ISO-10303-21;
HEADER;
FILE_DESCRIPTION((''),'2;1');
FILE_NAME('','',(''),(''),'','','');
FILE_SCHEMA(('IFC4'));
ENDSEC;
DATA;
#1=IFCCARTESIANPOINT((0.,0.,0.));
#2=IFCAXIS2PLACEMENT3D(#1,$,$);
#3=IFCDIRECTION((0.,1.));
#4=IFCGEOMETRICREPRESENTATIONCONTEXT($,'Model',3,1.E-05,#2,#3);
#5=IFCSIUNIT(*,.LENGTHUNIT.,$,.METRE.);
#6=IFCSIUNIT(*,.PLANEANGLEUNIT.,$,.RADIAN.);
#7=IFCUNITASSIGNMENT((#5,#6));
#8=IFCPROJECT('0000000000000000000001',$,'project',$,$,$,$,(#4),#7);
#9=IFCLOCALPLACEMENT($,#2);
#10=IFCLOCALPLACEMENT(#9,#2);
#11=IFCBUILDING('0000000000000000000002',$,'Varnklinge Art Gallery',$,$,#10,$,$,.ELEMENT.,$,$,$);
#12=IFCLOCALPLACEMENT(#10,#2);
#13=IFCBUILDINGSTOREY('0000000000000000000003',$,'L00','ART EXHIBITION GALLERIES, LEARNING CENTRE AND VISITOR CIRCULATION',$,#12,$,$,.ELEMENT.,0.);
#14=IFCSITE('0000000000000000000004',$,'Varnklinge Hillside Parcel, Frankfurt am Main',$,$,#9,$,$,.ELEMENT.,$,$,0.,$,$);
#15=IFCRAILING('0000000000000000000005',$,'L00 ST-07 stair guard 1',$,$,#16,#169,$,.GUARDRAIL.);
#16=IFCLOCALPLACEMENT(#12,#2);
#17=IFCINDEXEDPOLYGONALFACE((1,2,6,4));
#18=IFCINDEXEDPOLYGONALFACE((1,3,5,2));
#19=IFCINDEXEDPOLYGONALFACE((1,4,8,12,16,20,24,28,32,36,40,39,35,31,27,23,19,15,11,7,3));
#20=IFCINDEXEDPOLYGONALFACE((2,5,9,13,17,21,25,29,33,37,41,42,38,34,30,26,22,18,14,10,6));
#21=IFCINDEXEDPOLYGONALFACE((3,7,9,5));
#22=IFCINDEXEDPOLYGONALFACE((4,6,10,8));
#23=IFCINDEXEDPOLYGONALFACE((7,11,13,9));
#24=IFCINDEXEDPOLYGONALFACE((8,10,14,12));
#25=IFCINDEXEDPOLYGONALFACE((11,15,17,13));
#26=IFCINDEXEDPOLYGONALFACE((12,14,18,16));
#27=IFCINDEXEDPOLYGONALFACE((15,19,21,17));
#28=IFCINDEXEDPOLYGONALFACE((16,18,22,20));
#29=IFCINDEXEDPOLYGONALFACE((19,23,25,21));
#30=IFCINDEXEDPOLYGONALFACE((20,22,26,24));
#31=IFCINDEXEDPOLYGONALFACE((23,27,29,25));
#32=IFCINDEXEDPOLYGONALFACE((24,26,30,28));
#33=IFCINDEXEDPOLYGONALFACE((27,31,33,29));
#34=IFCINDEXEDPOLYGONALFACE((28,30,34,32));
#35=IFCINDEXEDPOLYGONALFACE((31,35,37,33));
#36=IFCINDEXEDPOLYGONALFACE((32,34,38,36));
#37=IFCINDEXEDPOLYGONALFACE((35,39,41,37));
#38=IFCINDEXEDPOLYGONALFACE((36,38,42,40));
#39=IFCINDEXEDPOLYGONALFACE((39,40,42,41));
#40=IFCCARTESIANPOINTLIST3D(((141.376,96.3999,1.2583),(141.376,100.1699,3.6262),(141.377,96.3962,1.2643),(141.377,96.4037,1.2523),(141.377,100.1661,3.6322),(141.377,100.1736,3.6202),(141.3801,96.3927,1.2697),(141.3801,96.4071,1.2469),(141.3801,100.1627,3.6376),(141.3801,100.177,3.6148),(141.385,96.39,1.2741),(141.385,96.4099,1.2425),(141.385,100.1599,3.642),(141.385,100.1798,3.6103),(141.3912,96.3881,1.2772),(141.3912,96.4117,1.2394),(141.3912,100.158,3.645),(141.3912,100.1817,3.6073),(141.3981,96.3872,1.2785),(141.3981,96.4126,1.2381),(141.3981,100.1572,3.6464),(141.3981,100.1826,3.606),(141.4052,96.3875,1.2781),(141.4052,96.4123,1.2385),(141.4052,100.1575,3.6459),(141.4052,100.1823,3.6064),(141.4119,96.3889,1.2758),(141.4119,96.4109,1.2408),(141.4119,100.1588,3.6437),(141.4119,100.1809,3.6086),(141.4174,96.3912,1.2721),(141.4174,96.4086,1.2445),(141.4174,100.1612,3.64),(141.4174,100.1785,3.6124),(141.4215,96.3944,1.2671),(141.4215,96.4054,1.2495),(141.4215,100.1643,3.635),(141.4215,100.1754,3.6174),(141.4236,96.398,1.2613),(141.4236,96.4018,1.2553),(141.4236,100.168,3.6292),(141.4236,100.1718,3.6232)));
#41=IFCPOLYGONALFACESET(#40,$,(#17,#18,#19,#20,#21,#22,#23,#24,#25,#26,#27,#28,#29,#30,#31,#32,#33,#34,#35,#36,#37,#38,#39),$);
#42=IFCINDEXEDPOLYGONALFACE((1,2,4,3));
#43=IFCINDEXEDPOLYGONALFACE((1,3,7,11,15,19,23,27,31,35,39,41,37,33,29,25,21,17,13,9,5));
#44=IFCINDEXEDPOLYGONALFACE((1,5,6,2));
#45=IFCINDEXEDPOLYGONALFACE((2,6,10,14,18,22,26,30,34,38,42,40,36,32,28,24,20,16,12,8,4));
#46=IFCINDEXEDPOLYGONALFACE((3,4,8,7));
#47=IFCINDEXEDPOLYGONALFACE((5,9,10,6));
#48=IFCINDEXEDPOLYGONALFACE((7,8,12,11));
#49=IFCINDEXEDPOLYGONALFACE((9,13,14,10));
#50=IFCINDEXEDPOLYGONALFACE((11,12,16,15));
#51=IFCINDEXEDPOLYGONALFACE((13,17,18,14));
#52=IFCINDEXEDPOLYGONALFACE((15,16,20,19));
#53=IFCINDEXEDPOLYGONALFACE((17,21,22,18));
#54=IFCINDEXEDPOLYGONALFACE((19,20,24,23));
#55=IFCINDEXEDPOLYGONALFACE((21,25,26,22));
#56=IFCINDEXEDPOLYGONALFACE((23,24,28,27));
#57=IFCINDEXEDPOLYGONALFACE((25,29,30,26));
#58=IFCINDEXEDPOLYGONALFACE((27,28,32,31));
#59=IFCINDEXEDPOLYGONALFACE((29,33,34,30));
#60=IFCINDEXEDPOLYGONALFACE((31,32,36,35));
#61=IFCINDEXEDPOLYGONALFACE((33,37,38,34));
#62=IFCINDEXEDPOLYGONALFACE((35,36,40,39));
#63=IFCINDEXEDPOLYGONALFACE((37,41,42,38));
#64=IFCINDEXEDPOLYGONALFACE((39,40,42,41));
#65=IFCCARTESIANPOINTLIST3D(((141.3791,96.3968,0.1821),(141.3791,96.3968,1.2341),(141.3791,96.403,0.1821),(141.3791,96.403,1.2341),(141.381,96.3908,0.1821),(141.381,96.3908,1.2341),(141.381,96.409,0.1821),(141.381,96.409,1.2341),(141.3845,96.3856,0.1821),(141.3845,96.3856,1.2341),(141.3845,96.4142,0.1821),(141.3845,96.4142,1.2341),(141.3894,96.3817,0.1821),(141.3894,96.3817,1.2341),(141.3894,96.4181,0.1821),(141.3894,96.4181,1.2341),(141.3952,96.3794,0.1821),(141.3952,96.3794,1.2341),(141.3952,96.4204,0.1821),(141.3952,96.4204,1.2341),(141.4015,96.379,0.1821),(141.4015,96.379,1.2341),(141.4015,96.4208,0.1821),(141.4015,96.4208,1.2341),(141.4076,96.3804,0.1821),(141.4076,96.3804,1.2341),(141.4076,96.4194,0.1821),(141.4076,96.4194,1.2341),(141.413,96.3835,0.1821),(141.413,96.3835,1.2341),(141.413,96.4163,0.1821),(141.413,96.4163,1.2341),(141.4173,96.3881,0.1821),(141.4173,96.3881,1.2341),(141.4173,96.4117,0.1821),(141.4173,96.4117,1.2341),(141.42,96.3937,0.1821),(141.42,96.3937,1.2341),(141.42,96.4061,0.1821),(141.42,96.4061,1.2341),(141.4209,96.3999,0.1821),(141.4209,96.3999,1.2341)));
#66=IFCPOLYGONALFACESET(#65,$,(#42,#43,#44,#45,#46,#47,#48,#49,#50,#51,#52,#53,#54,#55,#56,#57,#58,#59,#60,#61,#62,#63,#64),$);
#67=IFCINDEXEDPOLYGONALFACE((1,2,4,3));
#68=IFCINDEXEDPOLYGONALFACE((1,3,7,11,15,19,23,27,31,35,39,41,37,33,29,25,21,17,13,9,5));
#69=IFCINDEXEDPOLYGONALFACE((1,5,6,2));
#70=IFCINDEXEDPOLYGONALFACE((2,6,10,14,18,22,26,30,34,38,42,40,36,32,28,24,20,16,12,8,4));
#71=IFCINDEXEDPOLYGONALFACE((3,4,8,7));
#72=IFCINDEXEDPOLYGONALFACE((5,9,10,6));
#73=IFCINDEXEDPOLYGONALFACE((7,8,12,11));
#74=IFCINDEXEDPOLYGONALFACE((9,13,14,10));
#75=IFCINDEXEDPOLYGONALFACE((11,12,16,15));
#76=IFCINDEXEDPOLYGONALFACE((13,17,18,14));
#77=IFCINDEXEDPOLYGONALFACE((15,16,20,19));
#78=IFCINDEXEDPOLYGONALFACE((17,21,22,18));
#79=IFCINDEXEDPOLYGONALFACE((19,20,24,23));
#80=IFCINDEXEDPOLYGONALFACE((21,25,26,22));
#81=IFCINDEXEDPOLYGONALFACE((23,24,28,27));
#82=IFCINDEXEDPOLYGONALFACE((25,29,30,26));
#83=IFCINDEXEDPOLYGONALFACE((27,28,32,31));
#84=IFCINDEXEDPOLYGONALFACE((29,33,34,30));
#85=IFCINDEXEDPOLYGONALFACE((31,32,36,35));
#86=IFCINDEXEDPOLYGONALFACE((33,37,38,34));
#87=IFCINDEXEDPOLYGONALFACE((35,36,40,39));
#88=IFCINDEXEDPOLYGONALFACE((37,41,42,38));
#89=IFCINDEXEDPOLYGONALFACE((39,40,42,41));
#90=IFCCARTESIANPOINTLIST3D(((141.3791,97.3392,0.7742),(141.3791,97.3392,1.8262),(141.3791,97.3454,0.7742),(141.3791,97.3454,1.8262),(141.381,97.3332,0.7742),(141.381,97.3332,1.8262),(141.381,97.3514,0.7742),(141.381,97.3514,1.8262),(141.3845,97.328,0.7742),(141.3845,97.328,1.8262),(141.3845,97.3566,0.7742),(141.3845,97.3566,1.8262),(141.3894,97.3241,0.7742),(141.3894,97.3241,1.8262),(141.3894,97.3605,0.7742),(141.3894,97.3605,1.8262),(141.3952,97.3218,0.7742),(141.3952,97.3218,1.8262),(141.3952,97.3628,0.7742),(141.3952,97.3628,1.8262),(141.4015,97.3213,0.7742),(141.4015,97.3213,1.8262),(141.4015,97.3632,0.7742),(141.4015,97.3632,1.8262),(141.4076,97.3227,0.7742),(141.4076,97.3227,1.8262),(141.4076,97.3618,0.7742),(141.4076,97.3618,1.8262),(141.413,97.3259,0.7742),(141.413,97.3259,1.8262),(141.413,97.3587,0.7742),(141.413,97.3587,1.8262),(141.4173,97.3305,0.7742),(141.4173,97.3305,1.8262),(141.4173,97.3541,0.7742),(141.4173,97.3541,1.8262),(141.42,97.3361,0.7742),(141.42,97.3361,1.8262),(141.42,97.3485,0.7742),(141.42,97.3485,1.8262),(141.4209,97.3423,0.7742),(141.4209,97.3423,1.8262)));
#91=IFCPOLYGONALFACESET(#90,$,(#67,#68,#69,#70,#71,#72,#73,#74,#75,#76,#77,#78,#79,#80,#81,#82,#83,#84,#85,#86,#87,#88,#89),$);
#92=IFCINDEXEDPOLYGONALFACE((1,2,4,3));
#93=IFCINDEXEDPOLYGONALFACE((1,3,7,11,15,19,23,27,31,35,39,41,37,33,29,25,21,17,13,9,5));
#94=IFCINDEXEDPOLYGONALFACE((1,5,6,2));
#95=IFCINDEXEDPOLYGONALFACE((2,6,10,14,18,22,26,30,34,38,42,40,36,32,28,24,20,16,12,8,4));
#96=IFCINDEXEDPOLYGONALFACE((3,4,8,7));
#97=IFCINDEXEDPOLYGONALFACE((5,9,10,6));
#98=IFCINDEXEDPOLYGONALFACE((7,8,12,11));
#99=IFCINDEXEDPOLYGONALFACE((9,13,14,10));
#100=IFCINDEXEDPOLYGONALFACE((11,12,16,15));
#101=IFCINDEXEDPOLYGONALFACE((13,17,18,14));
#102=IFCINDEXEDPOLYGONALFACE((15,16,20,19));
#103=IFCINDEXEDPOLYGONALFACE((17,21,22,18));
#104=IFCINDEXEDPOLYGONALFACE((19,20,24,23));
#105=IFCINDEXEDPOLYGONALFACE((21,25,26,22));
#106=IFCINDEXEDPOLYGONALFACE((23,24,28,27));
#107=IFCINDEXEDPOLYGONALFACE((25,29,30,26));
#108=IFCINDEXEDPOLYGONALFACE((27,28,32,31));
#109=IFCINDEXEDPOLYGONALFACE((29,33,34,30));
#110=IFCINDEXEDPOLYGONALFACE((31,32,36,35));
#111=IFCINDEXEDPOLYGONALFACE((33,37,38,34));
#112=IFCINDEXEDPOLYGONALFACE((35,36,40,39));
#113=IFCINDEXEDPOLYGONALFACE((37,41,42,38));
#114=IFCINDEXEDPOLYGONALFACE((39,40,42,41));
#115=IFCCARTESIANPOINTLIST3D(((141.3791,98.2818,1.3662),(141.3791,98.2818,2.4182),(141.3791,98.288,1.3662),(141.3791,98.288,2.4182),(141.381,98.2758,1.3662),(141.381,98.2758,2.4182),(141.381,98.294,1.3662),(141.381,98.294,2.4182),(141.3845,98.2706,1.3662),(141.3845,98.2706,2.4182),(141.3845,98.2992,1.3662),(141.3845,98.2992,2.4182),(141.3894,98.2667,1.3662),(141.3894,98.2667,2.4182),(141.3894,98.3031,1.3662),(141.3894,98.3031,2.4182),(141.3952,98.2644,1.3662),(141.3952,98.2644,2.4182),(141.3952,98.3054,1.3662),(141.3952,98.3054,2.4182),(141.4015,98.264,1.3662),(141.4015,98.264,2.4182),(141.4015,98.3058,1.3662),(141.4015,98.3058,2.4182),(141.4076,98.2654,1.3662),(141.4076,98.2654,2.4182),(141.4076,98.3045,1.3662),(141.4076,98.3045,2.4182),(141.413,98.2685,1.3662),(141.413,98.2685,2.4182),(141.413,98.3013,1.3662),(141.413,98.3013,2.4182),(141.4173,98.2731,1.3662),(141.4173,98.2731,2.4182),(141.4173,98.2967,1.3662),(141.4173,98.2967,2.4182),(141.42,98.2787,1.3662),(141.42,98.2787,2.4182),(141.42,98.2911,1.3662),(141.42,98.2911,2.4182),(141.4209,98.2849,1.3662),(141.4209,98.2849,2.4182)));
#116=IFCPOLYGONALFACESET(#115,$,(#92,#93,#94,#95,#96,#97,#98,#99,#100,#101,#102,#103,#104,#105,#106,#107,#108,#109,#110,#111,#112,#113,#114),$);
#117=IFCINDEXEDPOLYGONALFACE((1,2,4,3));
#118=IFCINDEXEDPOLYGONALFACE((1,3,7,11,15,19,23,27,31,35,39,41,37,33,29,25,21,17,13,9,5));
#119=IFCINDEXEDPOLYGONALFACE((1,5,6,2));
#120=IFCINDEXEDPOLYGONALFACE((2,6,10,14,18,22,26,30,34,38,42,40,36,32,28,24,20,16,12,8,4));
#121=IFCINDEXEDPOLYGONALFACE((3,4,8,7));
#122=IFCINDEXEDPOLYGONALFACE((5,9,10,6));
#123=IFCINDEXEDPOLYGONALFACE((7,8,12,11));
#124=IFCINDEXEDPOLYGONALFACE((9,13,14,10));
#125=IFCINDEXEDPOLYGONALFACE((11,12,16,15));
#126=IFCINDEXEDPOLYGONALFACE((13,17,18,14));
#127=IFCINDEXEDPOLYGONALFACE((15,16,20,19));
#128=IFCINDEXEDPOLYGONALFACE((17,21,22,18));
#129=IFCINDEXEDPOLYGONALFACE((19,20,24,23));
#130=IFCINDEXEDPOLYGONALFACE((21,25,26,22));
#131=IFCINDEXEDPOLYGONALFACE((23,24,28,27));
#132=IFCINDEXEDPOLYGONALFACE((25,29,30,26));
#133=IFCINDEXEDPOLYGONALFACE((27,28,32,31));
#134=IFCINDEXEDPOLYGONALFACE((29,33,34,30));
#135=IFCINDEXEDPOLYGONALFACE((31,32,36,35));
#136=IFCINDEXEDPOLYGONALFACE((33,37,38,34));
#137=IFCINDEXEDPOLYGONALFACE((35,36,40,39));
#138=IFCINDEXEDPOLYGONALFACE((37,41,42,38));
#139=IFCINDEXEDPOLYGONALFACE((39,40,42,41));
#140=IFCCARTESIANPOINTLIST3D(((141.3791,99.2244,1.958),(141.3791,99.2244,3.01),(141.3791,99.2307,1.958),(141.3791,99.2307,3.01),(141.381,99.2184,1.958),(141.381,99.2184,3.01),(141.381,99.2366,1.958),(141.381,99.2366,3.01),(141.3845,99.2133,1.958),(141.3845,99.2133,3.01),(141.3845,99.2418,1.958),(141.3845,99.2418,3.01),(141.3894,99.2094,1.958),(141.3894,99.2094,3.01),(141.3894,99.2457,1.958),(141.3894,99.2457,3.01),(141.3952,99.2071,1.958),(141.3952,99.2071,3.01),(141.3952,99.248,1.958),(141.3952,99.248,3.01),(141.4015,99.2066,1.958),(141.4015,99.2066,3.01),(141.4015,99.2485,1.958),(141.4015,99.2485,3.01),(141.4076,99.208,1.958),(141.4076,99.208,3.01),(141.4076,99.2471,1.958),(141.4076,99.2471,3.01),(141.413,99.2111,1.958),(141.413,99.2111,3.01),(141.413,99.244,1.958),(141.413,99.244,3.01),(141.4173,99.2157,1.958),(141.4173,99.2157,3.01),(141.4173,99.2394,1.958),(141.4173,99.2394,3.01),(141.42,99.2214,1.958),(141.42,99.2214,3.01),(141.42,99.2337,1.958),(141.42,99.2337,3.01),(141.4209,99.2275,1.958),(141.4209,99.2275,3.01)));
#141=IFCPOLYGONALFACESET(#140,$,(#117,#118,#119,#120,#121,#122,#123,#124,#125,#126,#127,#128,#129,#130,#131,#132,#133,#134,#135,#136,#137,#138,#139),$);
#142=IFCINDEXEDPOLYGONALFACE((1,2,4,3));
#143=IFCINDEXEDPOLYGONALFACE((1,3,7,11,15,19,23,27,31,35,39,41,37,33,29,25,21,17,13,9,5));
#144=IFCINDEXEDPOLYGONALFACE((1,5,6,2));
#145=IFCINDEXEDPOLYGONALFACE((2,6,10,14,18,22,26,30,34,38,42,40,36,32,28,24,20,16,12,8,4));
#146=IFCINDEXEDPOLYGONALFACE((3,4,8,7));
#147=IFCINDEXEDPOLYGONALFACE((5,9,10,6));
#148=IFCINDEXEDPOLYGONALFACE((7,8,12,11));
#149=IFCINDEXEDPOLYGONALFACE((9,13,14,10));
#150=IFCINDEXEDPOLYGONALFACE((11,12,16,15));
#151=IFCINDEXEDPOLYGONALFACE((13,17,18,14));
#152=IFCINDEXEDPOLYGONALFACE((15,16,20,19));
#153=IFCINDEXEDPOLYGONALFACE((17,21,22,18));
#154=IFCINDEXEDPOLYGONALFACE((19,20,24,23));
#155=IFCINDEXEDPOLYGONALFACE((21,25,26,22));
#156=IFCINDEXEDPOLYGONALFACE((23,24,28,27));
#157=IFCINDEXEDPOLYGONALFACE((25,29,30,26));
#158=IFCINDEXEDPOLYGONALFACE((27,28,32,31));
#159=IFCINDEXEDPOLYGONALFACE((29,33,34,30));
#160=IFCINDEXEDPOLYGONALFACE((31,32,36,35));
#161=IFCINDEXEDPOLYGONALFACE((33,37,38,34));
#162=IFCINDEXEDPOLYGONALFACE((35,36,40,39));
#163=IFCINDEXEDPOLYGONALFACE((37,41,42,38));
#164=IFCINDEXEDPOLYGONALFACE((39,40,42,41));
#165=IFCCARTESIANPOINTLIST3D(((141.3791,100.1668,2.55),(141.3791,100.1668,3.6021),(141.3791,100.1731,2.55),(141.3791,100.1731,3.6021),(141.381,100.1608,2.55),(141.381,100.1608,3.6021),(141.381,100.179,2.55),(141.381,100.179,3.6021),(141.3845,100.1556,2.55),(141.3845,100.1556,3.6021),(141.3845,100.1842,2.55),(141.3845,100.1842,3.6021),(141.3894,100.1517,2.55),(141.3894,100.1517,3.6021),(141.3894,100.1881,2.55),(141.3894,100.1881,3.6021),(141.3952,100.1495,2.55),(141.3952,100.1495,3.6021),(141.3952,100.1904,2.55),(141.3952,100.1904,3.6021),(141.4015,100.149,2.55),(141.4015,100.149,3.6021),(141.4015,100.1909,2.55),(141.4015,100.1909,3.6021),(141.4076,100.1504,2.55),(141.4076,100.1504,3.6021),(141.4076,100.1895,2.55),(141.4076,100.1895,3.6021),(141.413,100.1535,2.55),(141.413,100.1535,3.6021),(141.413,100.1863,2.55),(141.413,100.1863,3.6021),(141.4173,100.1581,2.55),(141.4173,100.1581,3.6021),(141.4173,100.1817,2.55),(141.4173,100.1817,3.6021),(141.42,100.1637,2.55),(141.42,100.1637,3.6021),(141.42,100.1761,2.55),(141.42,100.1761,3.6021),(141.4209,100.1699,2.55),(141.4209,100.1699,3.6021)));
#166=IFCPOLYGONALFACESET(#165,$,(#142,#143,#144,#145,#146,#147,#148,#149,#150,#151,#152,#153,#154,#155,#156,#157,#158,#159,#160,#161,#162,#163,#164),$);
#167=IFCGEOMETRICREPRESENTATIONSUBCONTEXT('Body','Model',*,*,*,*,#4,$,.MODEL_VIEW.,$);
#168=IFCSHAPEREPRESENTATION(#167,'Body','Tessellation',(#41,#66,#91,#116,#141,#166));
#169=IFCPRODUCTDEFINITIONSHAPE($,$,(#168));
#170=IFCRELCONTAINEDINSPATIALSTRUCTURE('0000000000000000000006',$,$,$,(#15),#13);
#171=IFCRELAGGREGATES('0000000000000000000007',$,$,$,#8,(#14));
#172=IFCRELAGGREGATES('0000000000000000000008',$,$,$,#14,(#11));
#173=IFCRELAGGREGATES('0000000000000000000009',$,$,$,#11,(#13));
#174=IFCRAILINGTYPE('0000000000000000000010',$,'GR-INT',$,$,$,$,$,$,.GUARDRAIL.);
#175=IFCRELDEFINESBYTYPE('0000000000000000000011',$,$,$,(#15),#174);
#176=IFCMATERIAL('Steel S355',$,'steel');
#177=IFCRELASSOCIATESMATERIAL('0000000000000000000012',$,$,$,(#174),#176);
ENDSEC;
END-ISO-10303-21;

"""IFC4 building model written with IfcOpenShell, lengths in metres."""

from ifc_helpers import new_model, si_unit, direction, frame, origin, origin_2d, place, context, subcontext, project, spatial, circle, extrude, material, type_object, element, save


model = new_model("IFC4")

# Units and contexts
model_context = context("Model", 3, precision=1e-05, world=origin(), true_north=direction((0.0, 1.0)))
body_context = subcontext(model_context, "Body", "Model", "MODEL_VIEW")
ifc_project = project(units=[si_unit("LENGTHUNIT", "METRE"), si_unit("PLANEANGLEUNIT", "RADIAN")], contexts=[model_context])

# Site, building, storey
site_placement = place(None, origin())
site = spatial("IfcSite", under=ifc_project, at=site_placement, Name="Varnklinge Hillside Parcel, Frankfurt am Main", CompositionType="ELEMENT", RefElevation=0.0)
building_placement = place(site_placement, origin())
building = spatial("IfcBuilding", under=site, at=building_placement, Name="Varnklinge Art Gallery", CompositionType="ELEMENT")
storey_placement = place(building_placement, origin())
storey = spatial("IfcBuildingStorey", under=building, at=storey_placement, Name="L00", Description="ART EXHIBITION GALLERIES, LEARNING CENTRE AND VISITOR CIRCULATION", CompositionType="ELEMENT", Elevation=0.0)

# Railing
ifc_material_1 = material(Name="Steel S355", Category="steel")
railing_type_1 = type_object("IfcRailingType", Name="GR-INT", PredefinedType="GUARDRAIL", material=ifc_material_1)
railing_1_placement = place(storey_placement, frame((141.3999, 96.3999, 0.1821)))
element("IfcRailing", 1, at=railing_1_placement, inside=storey, type_object=railing_type_1, Name="L00 ST-07 stair guard 1", PredefinedType="GUARDRAIL", context=body_context, shape_type="SweptSolid", body=[
    extrude(circle(Radius=0.0239, at=origin_2d()), frame((0.0, 0.0, 1.0762), z_axis=(0.0, 0.846819, 0.531881), x_axis=(-1.0, 0.0, 0.0)), (0.0, 0.0, 1.0), 4.4519),
    extrude(circle(Radius=0.021, at=origin_2d()), origin(), (0.0, 0.0, 1.0), 1.052),
    extrude(circle(Radius=0.021, at=origin_2d()), frame((0.0, 0.9424, 0.592)), (0.0, 0.0, 1.0), 1.052),
    extrude(circle(Radius=0.021, at=origin_2d()), frame((0.0, 1.885, 1.1841)), (0.0, 0.0, 1.0), 1.052),
    extrude(circle(Radius=0.021, at=origin_2d()), frame((0.0, 2.8276, 1.7759)), (0.0, 0.0, 1.0), 1.052),
    extrude(circle(Radius=0.021, at=origin_2d()), frame((0.0, 3.77, 2.3679)), (0.0, 0.0, 1.0), 1.052),
])

save(model, "model.ifc")
